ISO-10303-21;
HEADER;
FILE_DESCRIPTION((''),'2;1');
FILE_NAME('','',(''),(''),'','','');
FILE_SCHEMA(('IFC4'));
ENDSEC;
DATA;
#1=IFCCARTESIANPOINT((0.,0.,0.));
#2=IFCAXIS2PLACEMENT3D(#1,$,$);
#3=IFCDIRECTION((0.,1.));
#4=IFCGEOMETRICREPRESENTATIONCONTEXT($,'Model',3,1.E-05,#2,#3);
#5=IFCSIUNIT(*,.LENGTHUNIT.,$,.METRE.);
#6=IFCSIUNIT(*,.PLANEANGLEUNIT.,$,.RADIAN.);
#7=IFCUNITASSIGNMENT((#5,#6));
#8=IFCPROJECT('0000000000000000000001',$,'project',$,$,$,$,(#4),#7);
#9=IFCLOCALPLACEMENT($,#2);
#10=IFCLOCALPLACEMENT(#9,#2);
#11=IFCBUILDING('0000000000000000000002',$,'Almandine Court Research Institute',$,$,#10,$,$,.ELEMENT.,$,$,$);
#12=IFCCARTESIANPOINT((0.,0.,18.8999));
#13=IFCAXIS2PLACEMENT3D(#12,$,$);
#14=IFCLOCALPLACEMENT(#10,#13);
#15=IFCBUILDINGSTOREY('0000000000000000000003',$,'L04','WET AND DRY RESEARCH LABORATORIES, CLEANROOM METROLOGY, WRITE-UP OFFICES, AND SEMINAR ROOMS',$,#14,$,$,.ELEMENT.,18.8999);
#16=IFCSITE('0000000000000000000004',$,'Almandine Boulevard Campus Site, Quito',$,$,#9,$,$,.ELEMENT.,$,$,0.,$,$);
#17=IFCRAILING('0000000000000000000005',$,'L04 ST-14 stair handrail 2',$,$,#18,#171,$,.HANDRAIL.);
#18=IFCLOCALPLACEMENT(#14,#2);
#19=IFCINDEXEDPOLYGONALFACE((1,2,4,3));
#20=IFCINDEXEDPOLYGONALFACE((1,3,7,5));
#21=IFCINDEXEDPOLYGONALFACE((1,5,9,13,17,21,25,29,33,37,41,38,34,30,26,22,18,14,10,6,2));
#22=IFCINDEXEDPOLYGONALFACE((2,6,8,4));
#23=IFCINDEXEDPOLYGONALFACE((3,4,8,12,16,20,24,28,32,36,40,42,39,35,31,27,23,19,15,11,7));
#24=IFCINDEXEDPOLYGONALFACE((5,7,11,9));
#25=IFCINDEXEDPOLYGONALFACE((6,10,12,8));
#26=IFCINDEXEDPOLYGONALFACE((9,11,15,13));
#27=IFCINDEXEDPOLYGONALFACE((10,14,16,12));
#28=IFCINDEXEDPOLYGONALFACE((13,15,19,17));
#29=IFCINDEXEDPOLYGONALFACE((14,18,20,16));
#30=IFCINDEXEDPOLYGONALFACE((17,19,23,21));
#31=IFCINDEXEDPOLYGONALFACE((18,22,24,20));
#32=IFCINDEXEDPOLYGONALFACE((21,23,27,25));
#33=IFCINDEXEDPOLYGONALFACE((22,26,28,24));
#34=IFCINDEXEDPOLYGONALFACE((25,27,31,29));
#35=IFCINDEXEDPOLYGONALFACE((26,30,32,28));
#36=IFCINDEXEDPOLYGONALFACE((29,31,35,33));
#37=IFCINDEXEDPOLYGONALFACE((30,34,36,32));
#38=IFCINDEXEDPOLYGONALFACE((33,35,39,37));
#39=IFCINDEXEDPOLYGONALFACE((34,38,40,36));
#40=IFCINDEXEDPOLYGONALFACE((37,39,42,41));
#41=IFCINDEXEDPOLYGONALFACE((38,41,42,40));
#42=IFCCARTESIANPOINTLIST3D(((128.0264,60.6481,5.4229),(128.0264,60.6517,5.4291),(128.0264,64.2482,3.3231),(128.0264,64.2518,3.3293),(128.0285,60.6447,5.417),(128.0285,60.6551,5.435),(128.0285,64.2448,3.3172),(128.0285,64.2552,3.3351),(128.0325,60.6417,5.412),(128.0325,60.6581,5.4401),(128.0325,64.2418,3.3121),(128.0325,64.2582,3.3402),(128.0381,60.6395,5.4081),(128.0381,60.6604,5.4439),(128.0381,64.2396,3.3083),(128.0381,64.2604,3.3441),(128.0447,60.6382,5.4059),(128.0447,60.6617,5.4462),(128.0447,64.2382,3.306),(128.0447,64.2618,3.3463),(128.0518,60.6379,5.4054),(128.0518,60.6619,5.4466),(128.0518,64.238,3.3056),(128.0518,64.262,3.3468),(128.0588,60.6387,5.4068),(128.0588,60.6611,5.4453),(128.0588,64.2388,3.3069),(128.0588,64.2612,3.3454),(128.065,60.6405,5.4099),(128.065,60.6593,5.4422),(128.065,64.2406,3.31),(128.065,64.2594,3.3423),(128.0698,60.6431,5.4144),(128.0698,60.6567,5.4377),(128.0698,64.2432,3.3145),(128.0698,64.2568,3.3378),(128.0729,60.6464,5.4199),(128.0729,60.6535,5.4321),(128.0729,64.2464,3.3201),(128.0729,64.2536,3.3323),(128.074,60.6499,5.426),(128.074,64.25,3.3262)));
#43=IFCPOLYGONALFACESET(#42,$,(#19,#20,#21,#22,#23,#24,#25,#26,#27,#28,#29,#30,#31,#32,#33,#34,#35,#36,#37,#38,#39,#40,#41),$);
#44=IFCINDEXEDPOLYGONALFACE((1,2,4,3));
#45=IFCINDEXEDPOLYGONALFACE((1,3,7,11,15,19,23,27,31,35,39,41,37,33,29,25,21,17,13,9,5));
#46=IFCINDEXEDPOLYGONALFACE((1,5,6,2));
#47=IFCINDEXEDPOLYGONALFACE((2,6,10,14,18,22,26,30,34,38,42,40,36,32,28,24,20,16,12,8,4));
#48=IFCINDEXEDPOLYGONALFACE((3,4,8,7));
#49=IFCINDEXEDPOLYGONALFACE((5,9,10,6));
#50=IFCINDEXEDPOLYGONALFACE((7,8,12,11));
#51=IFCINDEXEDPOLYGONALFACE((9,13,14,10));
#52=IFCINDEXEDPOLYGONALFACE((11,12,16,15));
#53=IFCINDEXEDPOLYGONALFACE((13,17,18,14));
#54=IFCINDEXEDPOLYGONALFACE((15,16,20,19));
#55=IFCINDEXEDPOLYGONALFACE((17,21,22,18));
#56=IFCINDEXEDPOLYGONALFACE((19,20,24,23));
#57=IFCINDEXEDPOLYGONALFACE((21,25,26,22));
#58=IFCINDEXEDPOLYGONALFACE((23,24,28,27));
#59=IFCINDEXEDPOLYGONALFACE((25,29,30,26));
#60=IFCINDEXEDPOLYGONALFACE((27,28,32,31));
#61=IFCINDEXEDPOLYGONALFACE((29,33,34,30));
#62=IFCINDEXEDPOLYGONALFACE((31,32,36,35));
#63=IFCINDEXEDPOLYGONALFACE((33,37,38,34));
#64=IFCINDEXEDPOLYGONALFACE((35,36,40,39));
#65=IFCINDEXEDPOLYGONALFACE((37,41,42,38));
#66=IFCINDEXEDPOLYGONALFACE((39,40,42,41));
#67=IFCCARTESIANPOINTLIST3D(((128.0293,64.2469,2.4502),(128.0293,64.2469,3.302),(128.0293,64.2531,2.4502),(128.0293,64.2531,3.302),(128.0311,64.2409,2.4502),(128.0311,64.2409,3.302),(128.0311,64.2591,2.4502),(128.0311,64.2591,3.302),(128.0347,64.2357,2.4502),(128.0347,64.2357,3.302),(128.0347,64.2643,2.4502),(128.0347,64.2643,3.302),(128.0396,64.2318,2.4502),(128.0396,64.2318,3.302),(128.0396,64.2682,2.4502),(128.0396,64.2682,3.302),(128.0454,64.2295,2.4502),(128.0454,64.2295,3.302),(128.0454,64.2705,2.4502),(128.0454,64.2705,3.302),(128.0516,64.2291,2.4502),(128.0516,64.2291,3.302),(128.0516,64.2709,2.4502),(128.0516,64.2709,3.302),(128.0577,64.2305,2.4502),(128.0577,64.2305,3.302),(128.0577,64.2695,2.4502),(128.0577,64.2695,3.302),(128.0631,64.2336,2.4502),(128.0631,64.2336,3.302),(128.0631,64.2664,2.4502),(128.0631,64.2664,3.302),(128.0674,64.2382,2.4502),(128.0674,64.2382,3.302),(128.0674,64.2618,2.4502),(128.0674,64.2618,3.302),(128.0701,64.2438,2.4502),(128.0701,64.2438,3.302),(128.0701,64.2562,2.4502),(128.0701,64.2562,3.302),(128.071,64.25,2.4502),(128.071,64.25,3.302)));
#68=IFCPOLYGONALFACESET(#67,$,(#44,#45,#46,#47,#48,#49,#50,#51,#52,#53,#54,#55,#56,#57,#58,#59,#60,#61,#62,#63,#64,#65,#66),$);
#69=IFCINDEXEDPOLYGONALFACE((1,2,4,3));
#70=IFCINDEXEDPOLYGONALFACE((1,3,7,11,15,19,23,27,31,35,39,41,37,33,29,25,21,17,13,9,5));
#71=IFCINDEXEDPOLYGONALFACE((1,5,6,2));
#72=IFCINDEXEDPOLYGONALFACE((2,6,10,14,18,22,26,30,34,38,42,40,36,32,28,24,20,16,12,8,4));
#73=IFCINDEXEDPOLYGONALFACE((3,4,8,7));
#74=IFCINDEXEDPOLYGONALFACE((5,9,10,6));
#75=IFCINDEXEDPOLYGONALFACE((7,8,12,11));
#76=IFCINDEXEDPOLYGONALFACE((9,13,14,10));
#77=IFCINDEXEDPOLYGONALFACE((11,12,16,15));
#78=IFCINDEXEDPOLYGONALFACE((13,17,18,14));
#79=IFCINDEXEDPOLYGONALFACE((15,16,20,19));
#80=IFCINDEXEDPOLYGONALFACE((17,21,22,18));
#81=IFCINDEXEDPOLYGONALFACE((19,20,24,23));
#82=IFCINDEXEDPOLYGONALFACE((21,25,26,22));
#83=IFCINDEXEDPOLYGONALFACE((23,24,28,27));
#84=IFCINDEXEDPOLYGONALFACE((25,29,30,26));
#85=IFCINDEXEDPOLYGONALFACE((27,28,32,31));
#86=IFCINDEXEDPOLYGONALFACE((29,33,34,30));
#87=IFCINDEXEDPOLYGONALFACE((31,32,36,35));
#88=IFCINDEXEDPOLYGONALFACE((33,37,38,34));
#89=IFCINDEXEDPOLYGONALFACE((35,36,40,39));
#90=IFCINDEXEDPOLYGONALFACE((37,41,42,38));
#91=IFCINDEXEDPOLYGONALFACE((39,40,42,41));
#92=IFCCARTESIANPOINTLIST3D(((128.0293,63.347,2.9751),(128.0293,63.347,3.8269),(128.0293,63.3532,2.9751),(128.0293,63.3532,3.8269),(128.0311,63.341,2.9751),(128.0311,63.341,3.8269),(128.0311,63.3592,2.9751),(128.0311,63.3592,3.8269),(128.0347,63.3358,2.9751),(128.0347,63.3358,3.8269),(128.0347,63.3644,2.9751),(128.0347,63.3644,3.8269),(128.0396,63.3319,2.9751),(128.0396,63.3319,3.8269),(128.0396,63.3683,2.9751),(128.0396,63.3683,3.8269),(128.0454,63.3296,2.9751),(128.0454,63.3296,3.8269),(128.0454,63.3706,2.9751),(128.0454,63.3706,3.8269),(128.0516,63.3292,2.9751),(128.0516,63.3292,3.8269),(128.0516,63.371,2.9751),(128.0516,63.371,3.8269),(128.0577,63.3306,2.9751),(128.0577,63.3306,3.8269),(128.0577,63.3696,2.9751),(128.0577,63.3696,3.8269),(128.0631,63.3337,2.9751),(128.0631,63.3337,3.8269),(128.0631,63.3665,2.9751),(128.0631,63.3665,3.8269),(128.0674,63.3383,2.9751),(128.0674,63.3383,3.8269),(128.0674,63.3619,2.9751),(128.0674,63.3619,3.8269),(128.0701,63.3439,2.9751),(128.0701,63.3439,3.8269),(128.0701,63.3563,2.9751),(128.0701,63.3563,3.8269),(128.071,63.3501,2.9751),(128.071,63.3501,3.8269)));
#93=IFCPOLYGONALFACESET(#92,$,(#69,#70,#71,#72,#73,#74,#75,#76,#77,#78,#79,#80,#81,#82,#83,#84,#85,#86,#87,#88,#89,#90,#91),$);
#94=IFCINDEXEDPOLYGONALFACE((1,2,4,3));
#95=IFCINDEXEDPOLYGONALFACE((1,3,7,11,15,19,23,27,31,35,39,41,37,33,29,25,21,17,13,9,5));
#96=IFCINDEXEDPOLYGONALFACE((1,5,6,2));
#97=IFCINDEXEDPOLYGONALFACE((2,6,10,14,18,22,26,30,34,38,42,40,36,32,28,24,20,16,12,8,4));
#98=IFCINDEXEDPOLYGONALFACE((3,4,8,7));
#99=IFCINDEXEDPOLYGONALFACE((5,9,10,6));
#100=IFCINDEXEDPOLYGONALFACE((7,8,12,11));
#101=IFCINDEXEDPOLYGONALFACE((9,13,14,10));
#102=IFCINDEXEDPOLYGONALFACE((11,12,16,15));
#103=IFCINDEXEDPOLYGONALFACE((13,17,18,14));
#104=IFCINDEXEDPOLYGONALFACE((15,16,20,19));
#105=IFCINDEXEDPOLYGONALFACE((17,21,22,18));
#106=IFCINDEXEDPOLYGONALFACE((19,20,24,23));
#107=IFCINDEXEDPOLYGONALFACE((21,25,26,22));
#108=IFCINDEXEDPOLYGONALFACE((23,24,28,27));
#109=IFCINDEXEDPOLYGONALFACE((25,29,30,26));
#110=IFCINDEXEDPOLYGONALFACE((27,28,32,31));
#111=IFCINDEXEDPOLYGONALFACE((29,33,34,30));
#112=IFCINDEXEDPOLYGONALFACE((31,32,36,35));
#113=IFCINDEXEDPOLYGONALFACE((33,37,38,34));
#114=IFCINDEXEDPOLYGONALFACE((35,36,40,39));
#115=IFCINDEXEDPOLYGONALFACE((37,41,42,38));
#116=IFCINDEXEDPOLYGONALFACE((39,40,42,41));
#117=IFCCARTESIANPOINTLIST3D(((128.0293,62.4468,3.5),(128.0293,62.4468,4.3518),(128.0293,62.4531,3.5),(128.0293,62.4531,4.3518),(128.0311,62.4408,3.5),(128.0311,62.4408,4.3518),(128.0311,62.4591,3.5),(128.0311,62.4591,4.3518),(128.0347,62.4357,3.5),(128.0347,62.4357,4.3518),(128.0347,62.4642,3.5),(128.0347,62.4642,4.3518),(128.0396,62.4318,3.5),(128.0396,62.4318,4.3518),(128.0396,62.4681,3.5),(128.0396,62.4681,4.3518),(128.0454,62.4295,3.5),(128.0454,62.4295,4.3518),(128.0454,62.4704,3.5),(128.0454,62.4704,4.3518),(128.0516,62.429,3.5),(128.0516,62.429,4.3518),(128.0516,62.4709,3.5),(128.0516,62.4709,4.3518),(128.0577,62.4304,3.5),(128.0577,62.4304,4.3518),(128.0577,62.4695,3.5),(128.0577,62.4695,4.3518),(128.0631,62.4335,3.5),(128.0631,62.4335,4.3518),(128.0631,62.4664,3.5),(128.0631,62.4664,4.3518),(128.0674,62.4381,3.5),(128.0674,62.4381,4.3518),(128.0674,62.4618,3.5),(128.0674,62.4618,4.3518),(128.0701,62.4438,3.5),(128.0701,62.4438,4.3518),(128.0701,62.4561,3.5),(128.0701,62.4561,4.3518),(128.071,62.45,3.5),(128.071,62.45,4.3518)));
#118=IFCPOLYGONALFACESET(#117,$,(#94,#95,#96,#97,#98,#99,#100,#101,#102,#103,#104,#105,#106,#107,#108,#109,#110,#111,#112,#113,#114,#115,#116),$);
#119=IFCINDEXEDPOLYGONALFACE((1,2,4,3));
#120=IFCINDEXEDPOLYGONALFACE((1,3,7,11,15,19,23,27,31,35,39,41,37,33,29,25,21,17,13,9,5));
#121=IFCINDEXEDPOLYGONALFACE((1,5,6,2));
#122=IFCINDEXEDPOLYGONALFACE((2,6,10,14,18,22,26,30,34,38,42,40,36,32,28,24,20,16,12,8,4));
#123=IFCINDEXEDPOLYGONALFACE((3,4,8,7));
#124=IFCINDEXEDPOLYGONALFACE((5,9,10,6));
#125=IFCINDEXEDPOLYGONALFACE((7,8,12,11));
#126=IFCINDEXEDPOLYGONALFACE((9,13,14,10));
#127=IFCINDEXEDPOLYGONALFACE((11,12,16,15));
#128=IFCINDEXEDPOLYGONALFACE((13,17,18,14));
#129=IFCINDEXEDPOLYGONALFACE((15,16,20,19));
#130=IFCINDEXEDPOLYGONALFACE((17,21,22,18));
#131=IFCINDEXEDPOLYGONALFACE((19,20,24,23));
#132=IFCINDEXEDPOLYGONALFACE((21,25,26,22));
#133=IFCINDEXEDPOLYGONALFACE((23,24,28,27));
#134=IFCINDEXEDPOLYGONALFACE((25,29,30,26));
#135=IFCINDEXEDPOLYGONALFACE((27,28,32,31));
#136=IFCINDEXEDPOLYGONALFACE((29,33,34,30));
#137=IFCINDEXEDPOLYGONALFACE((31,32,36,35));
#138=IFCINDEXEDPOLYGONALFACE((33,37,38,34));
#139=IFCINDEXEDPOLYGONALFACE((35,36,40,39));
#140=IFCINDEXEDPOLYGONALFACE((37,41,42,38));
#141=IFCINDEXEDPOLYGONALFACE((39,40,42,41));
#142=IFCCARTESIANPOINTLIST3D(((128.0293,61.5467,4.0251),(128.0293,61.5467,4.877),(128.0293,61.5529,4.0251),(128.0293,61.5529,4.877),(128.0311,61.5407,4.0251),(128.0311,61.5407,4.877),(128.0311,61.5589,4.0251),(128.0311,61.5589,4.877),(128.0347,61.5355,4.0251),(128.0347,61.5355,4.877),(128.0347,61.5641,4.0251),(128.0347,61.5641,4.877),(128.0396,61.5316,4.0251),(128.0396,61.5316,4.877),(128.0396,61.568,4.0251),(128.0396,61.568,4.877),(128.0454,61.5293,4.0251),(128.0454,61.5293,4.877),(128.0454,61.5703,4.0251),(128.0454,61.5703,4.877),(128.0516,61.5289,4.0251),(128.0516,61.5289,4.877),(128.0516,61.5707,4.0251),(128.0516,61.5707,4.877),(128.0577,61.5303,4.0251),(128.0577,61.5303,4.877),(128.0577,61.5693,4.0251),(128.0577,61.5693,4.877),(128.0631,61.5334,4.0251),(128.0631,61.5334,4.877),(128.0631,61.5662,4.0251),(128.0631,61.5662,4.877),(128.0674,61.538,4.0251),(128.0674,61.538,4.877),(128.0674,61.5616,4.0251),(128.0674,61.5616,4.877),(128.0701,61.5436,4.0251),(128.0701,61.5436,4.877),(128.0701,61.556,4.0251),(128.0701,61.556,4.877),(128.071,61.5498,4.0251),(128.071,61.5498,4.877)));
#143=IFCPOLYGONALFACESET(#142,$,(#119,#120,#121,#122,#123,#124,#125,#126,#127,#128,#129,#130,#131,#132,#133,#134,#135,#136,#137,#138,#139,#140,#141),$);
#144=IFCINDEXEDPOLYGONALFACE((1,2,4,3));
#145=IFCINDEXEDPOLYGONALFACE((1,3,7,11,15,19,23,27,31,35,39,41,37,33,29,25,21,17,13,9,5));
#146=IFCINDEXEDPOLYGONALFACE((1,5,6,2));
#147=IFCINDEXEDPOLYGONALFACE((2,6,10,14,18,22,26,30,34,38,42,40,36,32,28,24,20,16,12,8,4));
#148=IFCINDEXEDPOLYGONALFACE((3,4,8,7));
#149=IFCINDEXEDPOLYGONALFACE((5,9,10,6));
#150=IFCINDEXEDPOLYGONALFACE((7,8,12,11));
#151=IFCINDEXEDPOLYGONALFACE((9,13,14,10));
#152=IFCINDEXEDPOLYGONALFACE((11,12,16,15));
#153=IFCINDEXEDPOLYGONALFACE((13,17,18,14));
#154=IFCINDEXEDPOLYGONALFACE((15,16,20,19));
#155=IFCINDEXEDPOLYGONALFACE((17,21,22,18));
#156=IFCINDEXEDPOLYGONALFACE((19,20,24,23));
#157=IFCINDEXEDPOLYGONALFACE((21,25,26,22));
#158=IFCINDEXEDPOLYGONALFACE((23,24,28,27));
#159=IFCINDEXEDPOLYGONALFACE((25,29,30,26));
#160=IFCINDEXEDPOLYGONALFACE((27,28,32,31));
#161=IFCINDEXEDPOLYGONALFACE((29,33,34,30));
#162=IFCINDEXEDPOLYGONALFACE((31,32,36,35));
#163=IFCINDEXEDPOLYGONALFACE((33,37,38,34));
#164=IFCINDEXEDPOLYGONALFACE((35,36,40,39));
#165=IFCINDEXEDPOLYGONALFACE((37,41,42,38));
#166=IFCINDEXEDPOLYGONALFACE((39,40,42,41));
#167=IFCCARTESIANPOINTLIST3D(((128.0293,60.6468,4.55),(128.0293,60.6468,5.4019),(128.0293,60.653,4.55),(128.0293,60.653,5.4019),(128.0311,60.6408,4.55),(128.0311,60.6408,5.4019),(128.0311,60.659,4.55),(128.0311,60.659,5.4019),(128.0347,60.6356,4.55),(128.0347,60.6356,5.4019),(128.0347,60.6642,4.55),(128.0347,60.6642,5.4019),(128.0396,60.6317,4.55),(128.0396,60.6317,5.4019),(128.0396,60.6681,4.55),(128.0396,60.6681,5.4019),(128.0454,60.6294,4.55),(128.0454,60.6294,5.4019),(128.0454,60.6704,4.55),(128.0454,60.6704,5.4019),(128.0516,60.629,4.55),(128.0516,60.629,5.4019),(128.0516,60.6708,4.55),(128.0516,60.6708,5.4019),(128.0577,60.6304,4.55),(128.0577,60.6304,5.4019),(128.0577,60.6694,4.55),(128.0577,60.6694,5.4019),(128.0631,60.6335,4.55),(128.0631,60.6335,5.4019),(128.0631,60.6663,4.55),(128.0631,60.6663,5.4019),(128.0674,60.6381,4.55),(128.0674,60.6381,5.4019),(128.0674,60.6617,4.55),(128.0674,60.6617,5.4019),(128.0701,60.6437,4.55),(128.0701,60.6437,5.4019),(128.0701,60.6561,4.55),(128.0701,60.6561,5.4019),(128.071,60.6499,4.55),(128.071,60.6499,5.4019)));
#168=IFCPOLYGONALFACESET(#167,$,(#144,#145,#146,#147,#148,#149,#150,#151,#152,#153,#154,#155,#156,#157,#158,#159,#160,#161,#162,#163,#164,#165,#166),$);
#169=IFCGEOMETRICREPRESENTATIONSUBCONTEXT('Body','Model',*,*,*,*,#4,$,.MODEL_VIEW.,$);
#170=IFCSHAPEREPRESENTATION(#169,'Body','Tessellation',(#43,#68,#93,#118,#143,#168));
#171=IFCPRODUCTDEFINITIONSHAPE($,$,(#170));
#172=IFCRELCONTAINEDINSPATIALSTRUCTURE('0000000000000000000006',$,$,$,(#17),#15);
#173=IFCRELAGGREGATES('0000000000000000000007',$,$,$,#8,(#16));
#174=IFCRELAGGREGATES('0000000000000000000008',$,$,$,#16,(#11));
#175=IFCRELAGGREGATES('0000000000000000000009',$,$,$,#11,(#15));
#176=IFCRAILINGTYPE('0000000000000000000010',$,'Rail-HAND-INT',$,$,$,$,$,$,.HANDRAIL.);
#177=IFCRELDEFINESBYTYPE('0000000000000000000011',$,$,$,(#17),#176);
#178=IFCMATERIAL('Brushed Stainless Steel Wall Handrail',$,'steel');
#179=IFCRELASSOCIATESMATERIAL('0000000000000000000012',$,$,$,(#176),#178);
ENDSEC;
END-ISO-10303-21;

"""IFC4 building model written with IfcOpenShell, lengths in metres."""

from ifc_helpers import new_model, si_unit, direction, frame, origin, origin_2d, place, context, subcontext, project, spatial, circle, extrude, material, type_object, element, save


model = new_model("IFC4")

# Units and contexts
model_context = context("Model", 3, precision=1e-05, world=origin(), true_north=direction((0.0, 1.0)))
body_context = subcontext(model_context, "Body", "Model", "MODEL_VIEW")
ifc_project = project(units=[si_unit("LENGTHUNIT", "METRE"), si_unit("PLANEANGLEUNIT", "RADIAN")], contexts=[model_context])

# Site, building, storey
site_placement = place(None, origin())
site = spatial("IfcSite", under=ifc_project, at=site_placement, Name="Almandine Boulevard Campus Site, Quito", CompositionType="ELEMENT", RefElevation=0.0)
building_placement = place(site_placement, origin())
building = spatial("IfcBuilding", under=site, at=building_placement, Name="Almandine Court Research Institute", CompositionType="ELEMENT")
storey_placement = place(building_placement, frame((0.0, 0.0, 18.8999)))
storey = spatial("IfcBuildingStorey", under=building, at=storey_placement, Name="L04", Description="WET AND DRY RESEARCH LABORATORIES, CLEANROOM METROLOGY, WRITE-UP OFFICES, AND SEMINAR ROOMS", CompositionType="ELEMENT", Elevation=18.8999)

# Railing
ifc_material_1 = material(Name="Brushed Stainless Steel Wall Handrail", Category="steel")
railing_type_1 = type_object("IfcRailingType", Name="Rail-HAND-INT", PredefinedType="HANDRAIL", material=ifc_material_1)
railing_1_placement = place(storey_placement, frame((128.05, 64.25, 2.4502)))
element("IfcRailing", 1, at=railing_1_placement, inside=storey, type_object=railing_type_1, Name="L04 ST-14 stair handrail 2", PredefinedType="HANDRAIL", context=body_context, shape_type="SweptSolid", body=[
    extrude(circle(Radius=0.0239, at=origin_2d()), frame((0.0, 0.0, 0.876), z_axis=(0.0, -0.8638, 0.503835), x_axis=(1.0, 0.0, 0.0)), (0.0, 0.0, 1.0), 4.1677),
    extrude(circle(Radius=0.021, at=origin_2d()), origin(), (0.0, 0.0, 1.0), 0.8518),
    extrude(circle(Radius=0.021, at=origin_2d()), frame((0.0, -0.8999, 0.5249)), (0.0, 0.0, 1.0), 0.8518),
    extrude(circle(Radius=0.021, at=origin_2d()), frame((0.0, -1.8, 1.0498)), (0.0, 0.0, 1.0), 0.8518),
    extrude(circle(Radius=0.021, at=origin_2d()), frame((0.0, -2.7002, 1.575)), (0.0, 0.0, 1.0), 0.8518),
    extrude(circle(Radius=0.021, at=origin_2d()), frame((0.0, -3.6001, 2.0999)), (0.0, 0.0, 1.0), 0.8518),
])

save(model, "model.ifc")
